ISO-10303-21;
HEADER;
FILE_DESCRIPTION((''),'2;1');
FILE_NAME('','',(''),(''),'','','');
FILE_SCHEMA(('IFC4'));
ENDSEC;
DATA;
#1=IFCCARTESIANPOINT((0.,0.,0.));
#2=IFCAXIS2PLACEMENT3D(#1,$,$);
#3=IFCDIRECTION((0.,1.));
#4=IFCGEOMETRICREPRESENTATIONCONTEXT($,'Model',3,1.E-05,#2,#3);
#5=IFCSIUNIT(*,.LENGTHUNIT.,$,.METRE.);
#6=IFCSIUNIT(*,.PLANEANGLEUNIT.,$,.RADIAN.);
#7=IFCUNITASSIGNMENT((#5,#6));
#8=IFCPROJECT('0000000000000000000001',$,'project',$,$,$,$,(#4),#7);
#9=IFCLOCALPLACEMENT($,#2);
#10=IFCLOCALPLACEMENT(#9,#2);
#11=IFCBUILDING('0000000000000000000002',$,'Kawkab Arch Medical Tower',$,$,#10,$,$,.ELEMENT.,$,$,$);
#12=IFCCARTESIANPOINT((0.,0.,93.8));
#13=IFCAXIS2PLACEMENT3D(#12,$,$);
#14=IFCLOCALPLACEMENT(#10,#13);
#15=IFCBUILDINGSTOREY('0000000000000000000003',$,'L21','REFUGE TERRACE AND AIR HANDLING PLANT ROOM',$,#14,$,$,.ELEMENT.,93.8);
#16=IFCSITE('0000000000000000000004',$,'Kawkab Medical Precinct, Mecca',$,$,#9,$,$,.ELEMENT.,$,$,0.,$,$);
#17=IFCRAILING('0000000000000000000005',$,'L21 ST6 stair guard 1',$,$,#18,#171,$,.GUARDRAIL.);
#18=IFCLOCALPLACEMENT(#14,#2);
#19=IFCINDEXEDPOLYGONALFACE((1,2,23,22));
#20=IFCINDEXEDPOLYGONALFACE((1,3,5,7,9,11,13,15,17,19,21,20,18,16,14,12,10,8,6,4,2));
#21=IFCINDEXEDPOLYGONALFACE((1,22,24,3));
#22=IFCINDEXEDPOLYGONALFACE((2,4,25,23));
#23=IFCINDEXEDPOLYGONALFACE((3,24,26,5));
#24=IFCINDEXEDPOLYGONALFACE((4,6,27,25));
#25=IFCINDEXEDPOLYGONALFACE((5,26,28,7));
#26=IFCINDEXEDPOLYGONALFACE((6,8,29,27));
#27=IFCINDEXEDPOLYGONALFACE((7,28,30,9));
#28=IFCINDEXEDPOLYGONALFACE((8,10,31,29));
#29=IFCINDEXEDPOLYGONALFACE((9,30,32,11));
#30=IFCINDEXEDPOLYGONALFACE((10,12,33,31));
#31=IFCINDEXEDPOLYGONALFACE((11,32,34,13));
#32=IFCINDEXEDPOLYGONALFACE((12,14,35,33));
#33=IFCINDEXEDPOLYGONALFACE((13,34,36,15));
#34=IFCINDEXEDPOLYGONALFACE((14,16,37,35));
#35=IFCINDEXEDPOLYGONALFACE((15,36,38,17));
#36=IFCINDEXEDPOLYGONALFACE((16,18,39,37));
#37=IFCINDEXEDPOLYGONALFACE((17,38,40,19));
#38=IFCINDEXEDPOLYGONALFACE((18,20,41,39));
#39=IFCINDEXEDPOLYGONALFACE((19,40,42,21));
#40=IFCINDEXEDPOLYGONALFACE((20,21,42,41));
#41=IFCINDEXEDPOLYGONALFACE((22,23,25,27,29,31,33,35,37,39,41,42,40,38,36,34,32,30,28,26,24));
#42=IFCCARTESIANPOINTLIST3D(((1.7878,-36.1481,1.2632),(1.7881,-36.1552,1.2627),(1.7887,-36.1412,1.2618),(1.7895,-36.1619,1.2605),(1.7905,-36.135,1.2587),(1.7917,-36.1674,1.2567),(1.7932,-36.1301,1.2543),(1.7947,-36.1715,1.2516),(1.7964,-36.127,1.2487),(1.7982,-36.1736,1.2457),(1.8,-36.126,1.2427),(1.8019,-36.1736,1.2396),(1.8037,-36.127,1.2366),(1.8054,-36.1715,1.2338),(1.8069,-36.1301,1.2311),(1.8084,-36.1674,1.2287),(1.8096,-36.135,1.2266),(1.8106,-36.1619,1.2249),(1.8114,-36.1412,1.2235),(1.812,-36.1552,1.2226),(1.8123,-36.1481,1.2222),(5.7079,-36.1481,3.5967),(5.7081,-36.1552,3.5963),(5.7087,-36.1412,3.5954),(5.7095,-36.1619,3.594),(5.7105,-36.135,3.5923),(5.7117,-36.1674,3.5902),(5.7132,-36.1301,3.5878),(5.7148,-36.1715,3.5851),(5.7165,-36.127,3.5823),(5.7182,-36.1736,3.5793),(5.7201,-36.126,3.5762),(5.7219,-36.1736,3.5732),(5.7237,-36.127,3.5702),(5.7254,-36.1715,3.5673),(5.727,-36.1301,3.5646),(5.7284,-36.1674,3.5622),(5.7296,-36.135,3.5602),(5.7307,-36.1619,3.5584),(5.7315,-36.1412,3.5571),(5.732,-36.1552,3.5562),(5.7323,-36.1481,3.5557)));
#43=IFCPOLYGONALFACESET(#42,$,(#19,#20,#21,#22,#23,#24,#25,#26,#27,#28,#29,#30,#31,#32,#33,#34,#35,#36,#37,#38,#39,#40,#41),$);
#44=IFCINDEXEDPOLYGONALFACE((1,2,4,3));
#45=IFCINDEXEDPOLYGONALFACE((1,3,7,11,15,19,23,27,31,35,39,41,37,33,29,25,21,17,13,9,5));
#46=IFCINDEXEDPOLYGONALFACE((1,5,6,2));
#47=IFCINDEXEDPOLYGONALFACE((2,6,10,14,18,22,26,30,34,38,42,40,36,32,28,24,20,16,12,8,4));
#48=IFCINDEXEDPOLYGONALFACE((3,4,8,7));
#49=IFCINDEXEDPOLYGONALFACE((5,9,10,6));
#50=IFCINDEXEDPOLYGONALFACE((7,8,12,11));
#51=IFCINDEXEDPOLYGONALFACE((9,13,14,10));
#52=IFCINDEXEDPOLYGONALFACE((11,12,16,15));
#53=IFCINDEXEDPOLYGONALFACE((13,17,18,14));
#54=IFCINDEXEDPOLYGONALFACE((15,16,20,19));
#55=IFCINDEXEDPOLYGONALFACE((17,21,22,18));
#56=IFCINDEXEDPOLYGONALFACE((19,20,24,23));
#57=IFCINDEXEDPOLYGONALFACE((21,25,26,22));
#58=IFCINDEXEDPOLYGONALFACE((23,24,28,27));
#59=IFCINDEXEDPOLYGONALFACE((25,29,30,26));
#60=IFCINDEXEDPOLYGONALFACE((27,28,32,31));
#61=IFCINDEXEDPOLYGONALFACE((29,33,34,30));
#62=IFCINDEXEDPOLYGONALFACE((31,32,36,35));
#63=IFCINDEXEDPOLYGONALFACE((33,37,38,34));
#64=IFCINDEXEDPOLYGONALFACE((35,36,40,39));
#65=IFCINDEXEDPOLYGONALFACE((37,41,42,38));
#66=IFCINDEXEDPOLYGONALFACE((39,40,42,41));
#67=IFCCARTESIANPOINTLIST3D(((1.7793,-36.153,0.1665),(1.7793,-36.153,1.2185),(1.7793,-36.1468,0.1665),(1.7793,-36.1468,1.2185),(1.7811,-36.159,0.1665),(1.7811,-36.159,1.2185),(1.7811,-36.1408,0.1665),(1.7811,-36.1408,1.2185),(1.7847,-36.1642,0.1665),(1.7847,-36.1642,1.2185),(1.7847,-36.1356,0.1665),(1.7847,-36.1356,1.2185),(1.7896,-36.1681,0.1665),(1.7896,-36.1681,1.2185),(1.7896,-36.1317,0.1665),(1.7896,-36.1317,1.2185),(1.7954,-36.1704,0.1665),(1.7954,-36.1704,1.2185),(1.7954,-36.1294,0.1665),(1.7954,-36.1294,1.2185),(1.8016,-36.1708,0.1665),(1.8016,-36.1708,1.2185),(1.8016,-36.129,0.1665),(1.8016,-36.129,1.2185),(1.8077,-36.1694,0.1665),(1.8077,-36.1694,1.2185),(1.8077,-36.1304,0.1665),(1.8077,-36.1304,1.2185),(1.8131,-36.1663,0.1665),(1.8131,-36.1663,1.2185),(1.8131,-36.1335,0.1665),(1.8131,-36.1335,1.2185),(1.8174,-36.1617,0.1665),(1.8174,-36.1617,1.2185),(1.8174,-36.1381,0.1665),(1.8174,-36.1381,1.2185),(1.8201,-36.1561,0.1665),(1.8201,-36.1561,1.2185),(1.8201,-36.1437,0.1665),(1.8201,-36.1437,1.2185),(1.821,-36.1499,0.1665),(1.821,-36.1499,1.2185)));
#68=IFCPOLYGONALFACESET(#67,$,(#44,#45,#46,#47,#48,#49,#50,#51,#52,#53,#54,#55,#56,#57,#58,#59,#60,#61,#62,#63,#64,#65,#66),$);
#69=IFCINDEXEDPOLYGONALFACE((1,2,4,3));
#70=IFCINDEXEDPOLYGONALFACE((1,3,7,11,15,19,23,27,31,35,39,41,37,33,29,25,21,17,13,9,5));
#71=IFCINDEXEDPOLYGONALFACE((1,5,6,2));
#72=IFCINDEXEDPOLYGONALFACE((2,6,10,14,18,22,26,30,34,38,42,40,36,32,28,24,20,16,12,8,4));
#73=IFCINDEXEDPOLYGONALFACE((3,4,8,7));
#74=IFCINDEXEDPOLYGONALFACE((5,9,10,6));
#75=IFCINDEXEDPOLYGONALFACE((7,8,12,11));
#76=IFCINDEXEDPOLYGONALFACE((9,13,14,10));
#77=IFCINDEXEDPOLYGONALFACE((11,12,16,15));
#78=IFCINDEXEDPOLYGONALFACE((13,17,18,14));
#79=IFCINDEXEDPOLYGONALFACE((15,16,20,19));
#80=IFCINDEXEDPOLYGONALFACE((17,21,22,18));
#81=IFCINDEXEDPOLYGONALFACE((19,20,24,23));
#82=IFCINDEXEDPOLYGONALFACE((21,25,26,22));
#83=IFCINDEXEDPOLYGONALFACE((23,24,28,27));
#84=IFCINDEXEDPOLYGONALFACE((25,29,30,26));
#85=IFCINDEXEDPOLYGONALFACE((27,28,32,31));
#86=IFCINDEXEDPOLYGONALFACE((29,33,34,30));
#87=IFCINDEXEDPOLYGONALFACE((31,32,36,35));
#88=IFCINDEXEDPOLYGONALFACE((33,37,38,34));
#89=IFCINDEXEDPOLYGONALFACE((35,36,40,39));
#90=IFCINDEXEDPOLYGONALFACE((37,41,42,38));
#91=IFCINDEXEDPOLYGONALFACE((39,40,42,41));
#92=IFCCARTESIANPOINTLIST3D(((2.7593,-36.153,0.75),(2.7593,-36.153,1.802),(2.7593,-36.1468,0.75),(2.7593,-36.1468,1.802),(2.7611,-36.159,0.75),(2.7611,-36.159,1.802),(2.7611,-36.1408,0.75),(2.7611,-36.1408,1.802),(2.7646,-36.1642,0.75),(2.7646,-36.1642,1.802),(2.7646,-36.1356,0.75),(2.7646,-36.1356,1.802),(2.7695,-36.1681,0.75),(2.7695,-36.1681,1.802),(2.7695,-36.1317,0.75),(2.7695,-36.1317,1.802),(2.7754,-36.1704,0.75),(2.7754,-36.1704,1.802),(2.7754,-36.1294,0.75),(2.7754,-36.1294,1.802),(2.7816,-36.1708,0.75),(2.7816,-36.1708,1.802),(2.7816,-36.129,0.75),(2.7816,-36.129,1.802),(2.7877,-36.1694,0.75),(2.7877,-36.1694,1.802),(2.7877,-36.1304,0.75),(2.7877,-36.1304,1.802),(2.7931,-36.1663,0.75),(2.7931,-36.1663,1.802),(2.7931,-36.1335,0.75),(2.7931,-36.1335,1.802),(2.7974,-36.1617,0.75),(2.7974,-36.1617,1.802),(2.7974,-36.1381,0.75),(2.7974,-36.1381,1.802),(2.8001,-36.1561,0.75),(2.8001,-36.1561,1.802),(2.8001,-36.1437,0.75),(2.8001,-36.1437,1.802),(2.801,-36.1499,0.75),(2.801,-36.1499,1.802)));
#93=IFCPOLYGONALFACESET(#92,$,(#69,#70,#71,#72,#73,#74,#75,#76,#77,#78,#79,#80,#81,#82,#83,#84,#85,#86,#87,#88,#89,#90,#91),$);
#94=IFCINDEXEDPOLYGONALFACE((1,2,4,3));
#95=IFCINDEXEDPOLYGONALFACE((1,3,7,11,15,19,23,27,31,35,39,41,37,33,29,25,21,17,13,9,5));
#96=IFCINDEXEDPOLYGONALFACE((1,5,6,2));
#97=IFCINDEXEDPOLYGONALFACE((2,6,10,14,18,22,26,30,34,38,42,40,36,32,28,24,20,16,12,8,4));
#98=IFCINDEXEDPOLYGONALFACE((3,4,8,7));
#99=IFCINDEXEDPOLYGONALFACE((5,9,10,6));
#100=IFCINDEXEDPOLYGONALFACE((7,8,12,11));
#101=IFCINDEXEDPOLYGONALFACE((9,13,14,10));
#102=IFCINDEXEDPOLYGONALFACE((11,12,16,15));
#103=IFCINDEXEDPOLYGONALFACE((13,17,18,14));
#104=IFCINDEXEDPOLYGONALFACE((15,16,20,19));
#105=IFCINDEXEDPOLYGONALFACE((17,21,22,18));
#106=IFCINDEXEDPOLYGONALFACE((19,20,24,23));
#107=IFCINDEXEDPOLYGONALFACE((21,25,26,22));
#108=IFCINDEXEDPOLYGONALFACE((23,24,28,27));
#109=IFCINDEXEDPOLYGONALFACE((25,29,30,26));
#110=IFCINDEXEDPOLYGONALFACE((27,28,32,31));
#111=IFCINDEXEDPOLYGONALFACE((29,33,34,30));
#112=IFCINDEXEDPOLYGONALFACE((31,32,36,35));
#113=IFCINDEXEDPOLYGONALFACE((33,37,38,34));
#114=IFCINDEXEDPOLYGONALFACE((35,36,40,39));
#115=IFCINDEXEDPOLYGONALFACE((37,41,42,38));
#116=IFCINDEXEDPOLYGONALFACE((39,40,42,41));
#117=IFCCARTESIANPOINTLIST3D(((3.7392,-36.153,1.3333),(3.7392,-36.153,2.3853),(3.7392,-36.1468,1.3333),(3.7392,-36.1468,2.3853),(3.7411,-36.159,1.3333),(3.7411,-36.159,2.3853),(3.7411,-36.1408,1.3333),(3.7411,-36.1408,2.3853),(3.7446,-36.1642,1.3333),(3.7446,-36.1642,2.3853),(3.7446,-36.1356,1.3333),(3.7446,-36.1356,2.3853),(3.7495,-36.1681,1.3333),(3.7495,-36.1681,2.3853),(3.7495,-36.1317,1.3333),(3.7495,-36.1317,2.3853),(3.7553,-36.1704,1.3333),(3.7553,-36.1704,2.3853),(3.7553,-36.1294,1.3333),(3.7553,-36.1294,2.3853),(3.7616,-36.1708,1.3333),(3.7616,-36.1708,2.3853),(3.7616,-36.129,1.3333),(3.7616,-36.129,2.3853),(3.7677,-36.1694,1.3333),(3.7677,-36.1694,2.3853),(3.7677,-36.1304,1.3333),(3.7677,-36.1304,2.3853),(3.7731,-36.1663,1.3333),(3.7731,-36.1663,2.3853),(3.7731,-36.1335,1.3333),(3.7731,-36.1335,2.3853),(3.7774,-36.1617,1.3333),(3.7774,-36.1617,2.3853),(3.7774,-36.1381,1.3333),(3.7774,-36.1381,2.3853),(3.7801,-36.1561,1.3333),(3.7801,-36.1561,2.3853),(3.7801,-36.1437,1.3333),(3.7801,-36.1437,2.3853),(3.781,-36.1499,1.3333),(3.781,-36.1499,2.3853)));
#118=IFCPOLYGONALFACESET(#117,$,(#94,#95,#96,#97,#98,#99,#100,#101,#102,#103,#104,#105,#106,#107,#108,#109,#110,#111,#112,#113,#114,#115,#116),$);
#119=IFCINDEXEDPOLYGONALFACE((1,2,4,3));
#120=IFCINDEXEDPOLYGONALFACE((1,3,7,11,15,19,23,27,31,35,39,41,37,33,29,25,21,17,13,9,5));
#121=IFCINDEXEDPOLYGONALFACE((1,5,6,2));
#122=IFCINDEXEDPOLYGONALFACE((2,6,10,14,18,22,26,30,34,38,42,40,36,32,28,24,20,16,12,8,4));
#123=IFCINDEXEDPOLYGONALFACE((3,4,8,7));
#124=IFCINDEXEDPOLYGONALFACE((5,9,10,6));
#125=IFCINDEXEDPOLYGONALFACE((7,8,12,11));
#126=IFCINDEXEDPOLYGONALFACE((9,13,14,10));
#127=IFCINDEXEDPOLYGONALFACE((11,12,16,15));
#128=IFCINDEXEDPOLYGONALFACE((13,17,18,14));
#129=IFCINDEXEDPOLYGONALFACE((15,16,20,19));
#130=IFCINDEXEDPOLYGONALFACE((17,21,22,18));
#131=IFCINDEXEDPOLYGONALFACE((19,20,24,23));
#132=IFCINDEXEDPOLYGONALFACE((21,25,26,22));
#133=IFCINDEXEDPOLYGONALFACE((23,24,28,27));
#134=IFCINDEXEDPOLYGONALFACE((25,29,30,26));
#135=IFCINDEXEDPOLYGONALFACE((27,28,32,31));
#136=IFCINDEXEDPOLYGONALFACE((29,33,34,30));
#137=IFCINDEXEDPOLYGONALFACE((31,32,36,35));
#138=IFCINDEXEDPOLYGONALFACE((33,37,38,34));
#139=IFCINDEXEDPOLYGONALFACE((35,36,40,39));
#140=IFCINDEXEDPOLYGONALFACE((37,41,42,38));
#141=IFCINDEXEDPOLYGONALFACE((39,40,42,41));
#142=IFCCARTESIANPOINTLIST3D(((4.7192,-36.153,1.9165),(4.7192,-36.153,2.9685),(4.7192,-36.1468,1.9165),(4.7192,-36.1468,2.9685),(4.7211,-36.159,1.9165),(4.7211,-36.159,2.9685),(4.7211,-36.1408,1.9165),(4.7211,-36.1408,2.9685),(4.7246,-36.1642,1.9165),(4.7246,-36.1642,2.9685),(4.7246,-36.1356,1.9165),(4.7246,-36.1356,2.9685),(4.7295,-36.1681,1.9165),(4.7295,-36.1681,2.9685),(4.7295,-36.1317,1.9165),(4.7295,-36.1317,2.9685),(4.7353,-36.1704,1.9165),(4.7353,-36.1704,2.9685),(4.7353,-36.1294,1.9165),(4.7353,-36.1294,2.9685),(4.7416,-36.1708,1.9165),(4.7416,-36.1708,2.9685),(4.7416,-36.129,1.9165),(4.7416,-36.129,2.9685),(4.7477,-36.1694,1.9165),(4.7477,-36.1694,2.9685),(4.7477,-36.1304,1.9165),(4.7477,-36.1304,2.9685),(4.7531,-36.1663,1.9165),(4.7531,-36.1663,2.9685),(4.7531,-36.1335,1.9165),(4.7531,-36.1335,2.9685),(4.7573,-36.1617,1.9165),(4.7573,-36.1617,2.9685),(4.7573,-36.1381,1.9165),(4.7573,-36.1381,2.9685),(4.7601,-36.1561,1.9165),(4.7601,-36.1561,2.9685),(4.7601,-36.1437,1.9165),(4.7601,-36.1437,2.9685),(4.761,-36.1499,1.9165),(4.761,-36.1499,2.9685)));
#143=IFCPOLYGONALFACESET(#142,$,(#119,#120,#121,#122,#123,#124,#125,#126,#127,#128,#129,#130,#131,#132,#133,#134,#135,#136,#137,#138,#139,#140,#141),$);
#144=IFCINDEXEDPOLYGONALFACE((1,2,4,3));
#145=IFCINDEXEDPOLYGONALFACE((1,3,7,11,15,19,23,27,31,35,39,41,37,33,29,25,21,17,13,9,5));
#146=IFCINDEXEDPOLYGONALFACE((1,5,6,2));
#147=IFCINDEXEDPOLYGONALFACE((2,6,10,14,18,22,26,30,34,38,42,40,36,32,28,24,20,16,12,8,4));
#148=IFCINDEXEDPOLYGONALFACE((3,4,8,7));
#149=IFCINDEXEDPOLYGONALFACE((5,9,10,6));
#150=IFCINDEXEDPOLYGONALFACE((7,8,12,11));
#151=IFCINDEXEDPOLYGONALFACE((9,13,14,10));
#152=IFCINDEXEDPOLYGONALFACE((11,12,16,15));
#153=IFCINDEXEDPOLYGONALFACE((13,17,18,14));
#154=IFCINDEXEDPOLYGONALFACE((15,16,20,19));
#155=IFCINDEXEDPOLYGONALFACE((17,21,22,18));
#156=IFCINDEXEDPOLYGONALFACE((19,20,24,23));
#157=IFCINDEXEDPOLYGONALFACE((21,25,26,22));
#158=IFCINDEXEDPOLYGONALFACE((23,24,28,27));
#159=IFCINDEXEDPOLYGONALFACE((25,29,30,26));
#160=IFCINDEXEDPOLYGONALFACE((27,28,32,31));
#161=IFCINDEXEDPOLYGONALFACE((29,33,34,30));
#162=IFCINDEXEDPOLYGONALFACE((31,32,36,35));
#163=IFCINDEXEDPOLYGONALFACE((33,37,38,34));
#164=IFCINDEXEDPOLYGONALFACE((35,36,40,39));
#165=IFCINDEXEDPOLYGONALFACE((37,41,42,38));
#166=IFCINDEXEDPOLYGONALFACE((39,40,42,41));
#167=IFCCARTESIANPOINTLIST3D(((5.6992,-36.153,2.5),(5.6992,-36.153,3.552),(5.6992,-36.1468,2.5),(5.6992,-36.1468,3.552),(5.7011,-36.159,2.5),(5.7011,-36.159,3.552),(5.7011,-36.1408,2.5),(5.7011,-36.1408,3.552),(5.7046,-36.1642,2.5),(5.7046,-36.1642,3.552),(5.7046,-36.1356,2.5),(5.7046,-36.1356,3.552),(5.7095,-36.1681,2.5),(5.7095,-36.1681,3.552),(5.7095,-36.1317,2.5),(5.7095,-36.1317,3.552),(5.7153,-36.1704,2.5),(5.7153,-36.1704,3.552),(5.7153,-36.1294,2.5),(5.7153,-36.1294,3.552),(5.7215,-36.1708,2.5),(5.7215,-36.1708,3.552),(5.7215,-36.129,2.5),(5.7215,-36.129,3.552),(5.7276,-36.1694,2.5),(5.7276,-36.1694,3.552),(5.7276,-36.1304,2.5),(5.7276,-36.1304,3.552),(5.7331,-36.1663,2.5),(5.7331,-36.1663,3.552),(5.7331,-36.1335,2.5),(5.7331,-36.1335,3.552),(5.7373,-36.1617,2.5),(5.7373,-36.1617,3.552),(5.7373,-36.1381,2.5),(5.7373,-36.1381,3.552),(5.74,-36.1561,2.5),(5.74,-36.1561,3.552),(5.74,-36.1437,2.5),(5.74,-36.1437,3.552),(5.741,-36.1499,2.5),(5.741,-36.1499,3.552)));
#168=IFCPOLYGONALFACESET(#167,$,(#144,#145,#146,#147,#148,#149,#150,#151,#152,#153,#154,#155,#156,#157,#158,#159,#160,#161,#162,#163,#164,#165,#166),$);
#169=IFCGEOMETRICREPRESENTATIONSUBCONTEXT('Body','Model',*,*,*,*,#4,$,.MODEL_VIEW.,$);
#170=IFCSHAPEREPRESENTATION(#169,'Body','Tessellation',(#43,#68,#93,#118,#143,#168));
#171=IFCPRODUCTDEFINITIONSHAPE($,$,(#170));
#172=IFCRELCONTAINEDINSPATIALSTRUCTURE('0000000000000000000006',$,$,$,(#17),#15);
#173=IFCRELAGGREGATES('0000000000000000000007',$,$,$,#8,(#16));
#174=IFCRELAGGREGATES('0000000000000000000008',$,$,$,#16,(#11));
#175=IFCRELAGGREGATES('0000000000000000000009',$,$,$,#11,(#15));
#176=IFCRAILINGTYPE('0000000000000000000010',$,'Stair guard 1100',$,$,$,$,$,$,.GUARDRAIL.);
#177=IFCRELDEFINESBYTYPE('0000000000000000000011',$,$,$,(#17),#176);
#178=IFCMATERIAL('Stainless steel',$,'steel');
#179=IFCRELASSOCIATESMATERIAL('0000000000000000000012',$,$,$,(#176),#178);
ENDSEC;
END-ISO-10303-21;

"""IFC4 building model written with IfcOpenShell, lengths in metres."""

from ifc_helpers import new_model, si_unit, direction, frame, origin, origin_2d, place, context, subcontext, project, spatial, circle, extrude, material, type_object, element, save


model = new_model("IFC4")

# Units and contexts
model_context = context("Model", 3, precision=1e-05, world=origin(), true_north=direction((0.0, 1.0)))
body_context = subcontext(model_context, "Body", "Model", "MODEL_VIEW")
ifc_project = project(units=[si_unit("LENGTHUNIT", "METRE"), si_unit("PLANEANGLEUNIT", "RADIAN")], contexts=[model_context])

# Site, building, storey
site_placement = place(None, origin())
site = spatial("IfcSite", under=ifc_project, at=site_placement, Name="Kawkab Medical Precinct, Mecca", CompositionType="ELEMENT", RefElevation=0.0)
building_placement = place(site_placement, origin())
building = spatial("IfcBuilding", under=site, at=building_placement, Name="Kawkab Arch Medical Tower", CompositionType="ELEMENT")
storey_placement = place(building_placement, frame((0.0, 0.0, 93.8)))
storey = spatial("IfcBuildingStorey", under=building, at=storey_placement, Name="L21", Description="REFUGE TERRACE AND AIR HANDLING PLANT ROOM", CompositionType="ELEMENT", Elevation=93.8)

# Railing
ifc_material_1 = material(Name="Stainless steel", Category="steel")
railing_type = type_object("IfcRailingType", Name="Stair guard 1100", PredefinedType="GUARDRAIL", material=ifc_material_1)
railing_1_placement = place(storey_placement, frame((1.8, -36.1499, 0.1665)))
element("IfcRailing", 1, at=railing_1_placement, inside=storey, type_object=railing_type, Name="L21 ST6 stair guard 1", PredefinedType="GUARDRAIL", context=body_context, shape_type="SweptSolid", body=[
    extrude(circle(Radius=0.0239, at=origin_2d()), frame((0.0, 0.0, 1.0762), z_axis=(0.859273, 0.0, 0.511518), x_axis=(0.0, 1.0, 0.0)), (0.0, 0.0, 1.0), 4.562),
    extrude(circle(Radius=0.021, at=origin_2d()), origin(), (0.0, 0.0, 1.0), 1.052),
    extrude(circle(Radius=0.021, at=origin_2d()), frame((0.98, 0.0, 0.5835)), (0.0, 0.0, 1.0), 1.052),
    extrude(circle(Radius=0.021, at=origin_2d()), frame((1.96, 0.0, 1.1667)), (0.0, 0.0, 1.0), 1.052),
    extrude(circle(Radius=0.021, at=origin_2d()), frame((2.9399, 0.0, 1.75)), (0.0, 0.0, 1.0), 1.052),
    extrude(circle(Radius=0.021, at=origin_2d()), frame((3.9199, 0.0, 2.3335)), (0.0, 0.0, 1.0), 1.052),
])

save(model, "model.ifc")
